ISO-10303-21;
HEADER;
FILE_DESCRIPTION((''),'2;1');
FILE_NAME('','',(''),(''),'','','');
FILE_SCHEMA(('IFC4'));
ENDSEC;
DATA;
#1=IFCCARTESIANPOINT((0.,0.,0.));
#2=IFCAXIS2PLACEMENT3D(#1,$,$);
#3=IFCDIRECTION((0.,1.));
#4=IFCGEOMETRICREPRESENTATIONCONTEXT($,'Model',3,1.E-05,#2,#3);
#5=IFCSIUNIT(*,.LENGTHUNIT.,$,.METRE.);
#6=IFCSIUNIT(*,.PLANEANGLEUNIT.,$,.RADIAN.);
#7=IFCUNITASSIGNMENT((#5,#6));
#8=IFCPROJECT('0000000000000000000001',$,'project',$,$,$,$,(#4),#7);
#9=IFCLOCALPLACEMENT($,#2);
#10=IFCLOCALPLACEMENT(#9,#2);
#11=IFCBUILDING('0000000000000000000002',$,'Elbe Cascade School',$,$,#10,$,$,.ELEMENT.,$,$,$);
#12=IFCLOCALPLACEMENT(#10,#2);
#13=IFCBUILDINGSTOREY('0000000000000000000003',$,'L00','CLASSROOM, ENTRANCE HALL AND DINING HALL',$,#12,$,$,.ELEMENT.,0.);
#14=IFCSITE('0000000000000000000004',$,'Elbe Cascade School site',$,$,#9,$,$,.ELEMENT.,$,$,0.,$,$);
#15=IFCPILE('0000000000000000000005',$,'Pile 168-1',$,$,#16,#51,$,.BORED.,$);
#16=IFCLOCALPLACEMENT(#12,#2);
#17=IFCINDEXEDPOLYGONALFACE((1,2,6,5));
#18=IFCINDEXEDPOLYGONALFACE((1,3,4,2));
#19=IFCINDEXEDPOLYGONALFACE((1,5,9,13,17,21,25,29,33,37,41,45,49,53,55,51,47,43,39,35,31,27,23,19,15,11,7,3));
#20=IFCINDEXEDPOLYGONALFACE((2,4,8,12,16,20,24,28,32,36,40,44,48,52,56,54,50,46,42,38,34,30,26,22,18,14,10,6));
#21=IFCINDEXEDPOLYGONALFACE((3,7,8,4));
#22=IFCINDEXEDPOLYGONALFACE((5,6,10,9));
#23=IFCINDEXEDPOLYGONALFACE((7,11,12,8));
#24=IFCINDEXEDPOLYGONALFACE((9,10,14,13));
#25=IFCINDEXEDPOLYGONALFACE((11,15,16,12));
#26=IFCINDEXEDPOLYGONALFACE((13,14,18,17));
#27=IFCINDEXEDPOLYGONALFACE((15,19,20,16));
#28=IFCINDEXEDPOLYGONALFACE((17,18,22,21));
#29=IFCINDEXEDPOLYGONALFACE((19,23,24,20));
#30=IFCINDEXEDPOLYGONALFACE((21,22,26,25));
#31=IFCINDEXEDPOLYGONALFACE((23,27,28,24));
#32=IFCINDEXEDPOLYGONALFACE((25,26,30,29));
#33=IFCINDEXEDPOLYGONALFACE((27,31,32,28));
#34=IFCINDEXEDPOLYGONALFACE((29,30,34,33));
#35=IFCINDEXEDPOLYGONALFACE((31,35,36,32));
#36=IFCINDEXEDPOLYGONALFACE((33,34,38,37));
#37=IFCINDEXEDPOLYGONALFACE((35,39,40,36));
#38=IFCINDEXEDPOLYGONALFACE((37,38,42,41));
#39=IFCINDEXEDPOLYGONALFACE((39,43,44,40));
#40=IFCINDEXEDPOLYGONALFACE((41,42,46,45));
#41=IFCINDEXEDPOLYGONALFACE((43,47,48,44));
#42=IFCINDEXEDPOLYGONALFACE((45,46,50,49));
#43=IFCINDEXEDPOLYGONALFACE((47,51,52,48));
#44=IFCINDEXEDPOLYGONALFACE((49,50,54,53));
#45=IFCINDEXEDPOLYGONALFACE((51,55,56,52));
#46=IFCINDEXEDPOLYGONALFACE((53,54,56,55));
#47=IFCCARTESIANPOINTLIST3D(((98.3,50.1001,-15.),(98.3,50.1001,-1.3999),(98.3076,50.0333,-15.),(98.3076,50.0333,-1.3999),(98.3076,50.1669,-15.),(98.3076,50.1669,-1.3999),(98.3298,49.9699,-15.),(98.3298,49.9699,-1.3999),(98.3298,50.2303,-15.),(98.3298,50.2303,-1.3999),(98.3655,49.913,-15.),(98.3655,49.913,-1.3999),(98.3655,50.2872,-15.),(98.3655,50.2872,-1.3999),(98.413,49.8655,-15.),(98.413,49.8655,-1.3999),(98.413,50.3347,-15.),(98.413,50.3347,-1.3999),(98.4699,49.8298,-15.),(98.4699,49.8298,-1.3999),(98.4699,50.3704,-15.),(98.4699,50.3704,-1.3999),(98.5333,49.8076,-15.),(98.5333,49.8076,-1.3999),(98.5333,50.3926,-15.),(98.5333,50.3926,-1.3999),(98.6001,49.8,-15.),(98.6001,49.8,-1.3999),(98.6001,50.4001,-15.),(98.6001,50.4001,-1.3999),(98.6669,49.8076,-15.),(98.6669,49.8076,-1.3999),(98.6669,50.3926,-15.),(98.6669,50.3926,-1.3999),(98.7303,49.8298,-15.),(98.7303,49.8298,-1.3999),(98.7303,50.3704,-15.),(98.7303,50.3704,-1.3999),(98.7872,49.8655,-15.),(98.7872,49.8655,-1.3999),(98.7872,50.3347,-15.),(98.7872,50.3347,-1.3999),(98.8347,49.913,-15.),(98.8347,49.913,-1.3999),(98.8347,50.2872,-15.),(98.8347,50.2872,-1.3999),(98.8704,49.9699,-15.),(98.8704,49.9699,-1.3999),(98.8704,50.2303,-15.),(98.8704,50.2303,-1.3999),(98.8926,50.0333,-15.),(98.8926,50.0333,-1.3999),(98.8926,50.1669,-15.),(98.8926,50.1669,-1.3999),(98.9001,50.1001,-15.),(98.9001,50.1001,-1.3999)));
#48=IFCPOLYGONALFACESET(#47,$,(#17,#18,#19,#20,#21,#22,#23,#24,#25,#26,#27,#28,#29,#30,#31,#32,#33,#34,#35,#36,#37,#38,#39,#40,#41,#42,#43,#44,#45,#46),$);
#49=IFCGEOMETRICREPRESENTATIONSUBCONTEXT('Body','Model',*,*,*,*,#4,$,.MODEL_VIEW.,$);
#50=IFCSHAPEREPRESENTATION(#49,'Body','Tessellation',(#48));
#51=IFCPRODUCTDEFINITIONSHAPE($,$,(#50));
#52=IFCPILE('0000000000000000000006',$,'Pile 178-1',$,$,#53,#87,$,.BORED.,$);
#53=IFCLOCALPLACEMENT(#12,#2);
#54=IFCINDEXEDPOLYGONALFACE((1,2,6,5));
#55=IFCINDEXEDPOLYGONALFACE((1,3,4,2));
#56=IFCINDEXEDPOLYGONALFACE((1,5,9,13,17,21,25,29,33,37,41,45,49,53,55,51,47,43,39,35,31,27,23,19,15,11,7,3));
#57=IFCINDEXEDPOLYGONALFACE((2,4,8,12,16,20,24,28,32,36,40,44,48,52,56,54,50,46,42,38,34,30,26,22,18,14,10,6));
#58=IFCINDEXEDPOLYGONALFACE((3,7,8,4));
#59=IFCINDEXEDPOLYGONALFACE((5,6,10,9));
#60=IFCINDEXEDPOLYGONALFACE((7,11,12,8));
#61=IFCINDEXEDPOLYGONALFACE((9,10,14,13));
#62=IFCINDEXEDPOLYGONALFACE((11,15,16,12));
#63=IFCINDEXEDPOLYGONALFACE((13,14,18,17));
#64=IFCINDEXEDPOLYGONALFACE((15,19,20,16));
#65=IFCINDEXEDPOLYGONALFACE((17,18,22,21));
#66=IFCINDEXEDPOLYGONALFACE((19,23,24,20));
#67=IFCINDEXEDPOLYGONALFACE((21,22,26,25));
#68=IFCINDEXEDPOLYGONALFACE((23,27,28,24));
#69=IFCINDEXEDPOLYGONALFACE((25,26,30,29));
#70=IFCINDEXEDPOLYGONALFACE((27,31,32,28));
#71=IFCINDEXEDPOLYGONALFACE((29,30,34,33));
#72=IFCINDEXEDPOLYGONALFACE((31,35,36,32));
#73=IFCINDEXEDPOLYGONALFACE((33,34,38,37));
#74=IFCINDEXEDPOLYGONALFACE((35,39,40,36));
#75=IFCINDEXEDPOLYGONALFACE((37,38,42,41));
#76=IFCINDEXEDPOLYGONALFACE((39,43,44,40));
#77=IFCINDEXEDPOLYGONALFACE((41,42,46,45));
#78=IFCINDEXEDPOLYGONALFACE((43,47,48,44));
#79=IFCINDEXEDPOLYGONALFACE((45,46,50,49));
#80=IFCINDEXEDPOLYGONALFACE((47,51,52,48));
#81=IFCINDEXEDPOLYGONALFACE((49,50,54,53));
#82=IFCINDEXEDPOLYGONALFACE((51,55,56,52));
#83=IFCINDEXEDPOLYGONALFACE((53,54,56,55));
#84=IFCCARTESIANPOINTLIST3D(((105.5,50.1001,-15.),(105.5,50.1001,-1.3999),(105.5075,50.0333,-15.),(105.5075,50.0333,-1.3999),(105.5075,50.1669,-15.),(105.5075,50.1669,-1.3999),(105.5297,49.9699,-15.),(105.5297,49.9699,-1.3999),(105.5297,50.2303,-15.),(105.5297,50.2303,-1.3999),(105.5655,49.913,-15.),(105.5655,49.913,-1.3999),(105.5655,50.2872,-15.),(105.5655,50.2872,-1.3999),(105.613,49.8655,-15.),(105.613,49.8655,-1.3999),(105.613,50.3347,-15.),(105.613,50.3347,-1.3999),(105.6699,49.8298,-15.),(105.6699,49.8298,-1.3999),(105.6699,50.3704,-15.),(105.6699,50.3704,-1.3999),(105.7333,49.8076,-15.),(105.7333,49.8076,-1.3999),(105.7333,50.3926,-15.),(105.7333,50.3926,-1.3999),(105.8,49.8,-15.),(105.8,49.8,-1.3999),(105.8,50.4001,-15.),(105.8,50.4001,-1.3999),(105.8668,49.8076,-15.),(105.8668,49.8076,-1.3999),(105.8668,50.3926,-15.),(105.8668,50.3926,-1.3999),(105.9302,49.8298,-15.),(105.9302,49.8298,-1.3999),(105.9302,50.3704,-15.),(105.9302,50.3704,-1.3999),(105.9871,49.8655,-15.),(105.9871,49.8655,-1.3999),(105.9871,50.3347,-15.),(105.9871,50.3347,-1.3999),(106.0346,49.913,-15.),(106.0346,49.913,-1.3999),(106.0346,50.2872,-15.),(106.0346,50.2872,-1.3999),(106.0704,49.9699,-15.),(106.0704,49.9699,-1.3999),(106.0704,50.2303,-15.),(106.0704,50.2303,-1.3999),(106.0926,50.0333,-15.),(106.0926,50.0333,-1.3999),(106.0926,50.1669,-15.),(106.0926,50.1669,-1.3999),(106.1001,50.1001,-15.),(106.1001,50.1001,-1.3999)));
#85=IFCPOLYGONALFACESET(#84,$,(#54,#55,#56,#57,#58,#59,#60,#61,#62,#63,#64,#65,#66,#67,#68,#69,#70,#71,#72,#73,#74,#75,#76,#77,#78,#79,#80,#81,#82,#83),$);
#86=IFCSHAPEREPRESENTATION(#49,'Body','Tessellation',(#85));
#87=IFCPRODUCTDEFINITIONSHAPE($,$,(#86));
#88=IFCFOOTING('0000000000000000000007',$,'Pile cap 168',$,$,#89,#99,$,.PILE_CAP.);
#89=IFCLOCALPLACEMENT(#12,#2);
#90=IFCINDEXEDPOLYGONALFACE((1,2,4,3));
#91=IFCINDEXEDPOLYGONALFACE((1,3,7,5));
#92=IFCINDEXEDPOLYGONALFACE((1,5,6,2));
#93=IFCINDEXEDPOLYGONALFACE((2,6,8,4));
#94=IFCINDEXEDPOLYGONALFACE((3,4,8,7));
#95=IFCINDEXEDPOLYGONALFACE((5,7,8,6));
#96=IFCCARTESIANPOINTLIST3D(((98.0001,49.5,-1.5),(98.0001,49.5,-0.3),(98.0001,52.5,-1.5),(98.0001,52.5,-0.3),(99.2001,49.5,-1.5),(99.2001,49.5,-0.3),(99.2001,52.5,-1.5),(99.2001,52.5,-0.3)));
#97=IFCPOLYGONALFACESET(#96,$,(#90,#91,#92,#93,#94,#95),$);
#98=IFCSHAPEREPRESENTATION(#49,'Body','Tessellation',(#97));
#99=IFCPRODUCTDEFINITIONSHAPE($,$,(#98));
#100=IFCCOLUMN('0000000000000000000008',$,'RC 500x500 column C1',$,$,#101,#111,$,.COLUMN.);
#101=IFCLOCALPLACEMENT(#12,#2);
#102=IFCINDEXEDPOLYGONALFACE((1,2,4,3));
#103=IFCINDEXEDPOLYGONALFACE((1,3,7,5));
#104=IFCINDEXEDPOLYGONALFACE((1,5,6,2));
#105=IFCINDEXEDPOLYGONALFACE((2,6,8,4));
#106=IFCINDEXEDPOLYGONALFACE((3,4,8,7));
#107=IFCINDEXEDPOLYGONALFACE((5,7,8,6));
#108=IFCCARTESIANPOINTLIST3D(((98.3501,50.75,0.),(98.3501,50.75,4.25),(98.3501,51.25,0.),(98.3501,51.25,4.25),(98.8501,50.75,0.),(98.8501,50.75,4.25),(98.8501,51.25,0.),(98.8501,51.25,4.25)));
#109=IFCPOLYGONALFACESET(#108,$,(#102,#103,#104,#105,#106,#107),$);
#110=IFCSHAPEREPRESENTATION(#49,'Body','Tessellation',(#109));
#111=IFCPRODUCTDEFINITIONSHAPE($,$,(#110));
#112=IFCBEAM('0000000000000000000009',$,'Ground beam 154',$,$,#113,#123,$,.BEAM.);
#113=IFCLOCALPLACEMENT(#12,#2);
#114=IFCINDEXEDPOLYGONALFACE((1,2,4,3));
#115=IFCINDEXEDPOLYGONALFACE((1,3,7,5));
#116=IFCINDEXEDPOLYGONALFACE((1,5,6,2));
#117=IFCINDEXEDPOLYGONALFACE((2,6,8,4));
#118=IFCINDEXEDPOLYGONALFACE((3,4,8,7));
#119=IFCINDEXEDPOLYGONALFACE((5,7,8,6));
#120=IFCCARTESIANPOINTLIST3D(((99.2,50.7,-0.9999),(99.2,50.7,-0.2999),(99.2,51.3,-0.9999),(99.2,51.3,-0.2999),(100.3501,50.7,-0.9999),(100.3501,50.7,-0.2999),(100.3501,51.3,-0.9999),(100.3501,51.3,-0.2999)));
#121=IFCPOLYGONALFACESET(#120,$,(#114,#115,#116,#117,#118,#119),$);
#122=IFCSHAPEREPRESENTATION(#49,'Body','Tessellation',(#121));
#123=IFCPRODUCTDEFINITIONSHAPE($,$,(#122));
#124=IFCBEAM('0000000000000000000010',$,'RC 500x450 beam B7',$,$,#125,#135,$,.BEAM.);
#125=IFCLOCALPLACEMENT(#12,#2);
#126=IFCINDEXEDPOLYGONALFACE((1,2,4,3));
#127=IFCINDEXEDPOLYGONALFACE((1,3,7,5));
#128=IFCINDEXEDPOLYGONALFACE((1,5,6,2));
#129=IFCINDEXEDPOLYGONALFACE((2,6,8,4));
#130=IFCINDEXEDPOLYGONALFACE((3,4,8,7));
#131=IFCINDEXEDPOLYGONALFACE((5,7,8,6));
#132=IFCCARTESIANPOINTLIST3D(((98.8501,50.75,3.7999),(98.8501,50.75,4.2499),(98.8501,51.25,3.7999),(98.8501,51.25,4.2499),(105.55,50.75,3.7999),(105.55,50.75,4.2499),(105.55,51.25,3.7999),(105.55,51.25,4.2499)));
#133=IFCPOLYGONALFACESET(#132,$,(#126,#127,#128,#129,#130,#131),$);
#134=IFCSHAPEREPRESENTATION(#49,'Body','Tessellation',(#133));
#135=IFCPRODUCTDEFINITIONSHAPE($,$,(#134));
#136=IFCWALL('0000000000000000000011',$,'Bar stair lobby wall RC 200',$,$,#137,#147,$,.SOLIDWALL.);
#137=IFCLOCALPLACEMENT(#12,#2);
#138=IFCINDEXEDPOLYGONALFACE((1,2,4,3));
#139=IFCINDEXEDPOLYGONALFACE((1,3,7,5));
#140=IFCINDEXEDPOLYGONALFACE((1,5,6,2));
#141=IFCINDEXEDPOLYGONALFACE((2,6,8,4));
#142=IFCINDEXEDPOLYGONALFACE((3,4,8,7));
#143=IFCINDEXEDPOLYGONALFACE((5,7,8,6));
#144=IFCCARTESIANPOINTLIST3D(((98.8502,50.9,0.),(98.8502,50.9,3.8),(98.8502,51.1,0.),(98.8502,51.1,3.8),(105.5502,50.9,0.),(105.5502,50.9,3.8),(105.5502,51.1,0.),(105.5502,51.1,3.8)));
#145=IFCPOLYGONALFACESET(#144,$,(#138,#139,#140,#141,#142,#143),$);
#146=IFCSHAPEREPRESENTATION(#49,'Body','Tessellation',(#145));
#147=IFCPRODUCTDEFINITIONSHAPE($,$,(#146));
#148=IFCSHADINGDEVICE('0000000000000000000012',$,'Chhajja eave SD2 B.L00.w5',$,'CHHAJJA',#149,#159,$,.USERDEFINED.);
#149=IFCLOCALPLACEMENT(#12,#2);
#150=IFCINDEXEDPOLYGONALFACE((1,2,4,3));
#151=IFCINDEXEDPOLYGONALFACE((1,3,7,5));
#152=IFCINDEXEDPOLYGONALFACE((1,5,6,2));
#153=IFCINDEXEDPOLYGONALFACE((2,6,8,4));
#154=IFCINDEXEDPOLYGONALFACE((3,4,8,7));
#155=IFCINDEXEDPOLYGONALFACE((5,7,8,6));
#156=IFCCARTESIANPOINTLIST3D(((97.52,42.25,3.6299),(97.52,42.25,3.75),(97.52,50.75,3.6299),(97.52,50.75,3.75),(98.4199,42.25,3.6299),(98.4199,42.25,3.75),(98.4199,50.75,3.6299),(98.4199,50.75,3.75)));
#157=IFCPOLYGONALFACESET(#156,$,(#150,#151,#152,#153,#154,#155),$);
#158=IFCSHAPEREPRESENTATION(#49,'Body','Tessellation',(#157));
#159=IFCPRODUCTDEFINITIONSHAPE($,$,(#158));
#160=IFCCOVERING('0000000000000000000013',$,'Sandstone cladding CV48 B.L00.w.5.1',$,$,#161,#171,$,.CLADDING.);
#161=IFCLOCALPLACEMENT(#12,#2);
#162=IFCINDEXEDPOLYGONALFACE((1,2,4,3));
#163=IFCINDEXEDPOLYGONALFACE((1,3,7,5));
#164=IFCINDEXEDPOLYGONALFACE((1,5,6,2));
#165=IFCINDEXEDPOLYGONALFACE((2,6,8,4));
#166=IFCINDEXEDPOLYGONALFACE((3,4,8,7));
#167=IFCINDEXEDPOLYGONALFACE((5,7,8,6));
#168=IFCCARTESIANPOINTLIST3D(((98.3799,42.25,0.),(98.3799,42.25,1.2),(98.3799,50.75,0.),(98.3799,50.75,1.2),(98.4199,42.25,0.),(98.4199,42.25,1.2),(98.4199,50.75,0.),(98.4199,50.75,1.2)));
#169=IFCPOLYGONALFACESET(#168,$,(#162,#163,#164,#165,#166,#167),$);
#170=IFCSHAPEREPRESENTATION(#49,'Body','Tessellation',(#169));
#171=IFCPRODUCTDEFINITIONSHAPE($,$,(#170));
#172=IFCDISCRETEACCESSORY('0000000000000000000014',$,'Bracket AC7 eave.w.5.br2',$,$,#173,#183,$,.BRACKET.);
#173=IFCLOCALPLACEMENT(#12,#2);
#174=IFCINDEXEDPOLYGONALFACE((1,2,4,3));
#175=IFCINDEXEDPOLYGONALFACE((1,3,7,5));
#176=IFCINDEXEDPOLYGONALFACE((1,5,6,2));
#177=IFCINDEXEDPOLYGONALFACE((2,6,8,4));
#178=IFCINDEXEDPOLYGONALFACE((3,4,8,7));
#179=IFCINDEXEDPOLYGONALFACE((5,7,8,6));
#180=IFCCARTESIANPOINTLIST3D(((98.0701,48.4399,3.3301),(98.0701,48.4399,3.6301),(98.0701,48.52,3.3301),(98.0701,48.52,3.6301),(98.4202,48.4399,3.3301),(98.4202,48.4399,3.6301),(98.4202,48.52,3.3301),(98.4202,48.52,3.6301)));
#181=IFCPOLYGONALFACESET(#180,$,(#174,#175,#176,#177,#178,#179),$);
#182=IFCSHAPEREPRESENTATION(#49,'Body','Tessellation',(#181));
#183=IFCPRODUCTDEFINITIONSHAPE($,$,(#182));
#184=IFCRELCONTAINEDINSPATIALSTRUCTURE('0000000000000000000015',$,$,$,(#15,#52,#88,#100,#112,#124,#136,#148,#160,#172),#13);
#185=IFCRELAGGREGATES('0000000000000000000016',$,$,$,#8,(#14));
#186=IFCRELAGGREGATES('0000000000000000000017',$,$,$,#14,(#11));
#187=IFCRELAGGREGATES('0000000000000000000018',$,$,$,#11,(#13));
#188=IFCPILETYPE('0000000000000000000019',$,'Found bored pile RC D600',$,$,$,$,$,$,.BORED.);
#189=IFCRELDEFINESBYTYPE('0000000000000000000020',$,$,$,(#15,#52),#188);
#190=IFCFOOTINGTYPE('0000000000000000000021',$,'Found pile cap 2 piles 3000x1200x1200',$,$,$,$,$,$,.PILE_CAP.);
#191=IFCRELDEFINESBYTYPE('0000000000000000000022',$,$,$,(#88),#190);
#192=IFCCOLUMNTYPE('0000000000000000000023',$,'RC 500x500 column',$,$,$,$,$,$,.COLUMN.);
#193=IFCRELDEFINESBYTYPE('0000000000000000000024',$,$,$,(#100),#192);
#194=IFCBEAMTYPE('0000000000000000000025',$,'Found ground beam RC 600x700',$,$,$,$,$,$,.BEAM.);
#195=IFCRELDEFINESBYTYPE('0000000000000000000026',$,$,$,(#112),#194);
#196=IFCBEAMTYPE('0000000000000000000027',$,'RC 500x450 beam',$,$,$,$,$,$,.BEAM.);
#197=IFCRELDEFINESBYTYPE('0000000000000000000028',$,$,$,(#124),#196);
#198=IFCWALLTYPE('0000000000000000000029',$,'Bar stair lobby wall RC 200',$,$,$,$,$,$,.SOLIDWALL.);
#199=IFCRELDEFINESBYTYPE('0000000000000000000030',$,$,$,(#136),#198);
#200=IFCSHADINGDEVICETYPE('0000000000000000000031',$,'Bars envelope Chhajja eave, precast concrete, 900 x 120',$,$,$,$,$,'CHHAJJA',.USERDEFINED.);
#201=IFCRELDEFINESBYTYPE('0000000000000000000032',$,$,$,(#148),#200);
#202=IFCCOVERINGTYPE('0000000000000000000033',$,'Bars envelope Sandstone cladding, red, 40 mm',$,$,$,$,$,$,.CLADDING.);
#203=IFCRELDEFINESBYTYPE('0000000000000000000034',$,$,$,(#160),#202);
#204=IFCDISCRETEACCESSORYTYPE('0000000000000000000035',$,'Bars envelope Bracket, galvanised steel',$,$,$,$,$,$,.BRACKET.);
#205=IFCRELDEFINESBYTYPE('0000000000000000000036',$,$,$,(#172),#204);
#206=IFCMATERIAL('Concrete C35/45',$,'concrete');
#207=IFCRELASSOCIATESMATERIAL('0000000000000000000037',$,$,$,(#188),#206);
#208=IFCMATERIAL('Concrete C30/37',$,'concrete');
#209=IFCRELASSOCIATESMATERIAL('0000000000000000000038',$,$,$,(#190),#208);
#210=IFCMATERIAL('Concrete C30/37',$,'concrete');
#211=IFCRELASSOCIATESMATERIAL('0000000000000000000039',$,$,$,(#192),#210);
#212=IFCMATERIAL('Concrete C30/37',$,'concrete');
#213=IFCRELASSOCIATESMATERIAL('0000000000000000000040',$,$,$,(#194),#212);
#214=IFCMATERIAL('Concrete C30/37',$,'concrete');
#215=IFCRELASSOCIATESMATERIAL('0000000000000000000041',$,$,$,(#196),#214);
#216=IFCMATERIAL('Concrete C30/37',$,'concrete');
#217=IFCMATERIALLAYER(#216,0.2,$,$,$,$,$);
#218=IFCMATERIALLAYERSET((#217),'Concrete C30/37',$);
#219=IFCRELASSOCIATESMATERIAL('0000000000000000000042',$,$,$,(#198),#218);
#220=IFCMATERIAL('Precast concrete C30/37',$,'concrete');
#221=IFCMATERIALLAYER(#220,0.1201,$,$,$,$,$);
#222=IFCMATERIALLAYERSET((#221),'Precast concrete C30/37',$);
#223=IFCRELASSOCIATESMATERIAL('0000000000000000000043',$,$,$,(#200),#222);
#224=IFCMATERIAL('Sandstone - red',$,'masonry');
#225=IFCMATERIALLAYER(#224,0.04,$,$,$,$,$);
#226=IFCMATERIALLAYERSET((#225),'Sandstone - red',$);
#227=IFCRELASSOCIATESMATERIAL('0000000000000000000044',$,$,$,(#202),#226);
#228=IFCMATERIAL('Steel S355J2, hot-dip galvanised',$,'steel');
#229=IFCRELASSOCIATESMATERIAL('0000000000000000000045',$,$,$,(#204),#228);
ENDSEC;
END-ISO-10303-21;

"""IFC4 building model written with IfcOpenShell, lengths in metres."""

from ifc_helpers import new_model, si_unit, direction, frame, frame_2d, origin, origin_2d, place, context, subcontext, project, spatial, rectangle, circle, extrude, material, layer, layer_set, material_profile, profile_set, type_object, element, save


model = new_model("IFC4")

# Units and contexts
model_context = context("Model", 3, precision=1e-05, world=origin(), true_north=direction((0.0, 1.0)))
body_context = subcontext(model_context, "Body", "Model", "MODEL_VIEW")
ifc_project = project(units=[si_unit("LENGTHUNIT", "METRE"), si_unit("PLANEANGLEUNIT", "RADIAN")], contexts=[model_context])

# Site, building, storey
site_placement = place(None, origin())
site = spatial("IfcSite", under=ifc_project, at=site_placement, Name="Elbe Cascade School site", CompositionType="ELEMENT", RefElevation=0.0)
building_placement = place(site_placement, origin())
building = spatial("IfcBuilding", under=site, at=building_placement, Name="Elbe Cascade School", CompositionType="ELEMENT")
storey_placement = place(building_placement, origin())
storey = spatial("IfcBuildingStorey", under=building, at=storey_placement, Name="L00", Description="CLASSROOM, ENTRANCE HALL AND DINING HALL", CompositionType="ELEMENT", Elevation=0.0)

# Piles
ifc_material_1 = material(Name="Concrete C35/45", Category="concrete")
ifc_material_profile_1 = material_profile(ifc_material_1, circle(Radius=0.3, at=origin_2d()), Name="RC D600")
ifc_profile_set_1 = profile_set([ifc_material_profile_1], Name="Concrete C35/45")
pile_type = type_object("IfcPileType", Name="Found bored pile RC D600", PredefinedType="BORED", material=ifc_profile_set_1)
for number, where, z_axis, x_axis, name in (
    (1, (98.6001, 50.1001, -1.3999), (0.0, 0.0, -1.0), (1.0, 0.0, 0.0), "Pile 168-1"),
    (2, (105.8, 50.1001, -1.3999), (0.0, 0.0, -1.0), (1.0, 0.0, 0.0), "Pile 178-1"),
):
    element("IfcPile", number, at=place(storey_placement, frame(where, z_axis=z_axis, x_axis=x_axis)), inside=storey, type_object=pile_type, Name=name, PredefinedType="BORED", context=body_context, shape_type="SweptSolid", body=[
        extrude(circle(Radius=0.3, at=origin_2d()), origin(), (0.0, 0.0, 1.0), 13.6001),
    ])

# Footing
ifc_material_2 = material(Name="Concrete C30/37", Category="concrete")
footing_type = type_object("IfcFootingType", Name="Found pile cap 2 piles 3000x1200x1200", PredefinedType="PILE_CAP", material=ifc_material_2)
footing_placement = place(storey_placement, frame((98.6001, 51.0, -1.5), z_axis=(0.0, 0.0, 1.0), x_axis=(1.0, 0.0, 0.0)))
element("IfcFooting", 3, at=footing_placement, inside=storey, type_object=footing_type, Name="Pile cap 168", PredefinedType="PILE_CAP", context=body_context, shape_type="SweptSolid", body=[
    extrude(rectangle(XDim=1.2, YDim=3.0, at=origin_2d()), origin(), (0.0, 0.0, 1.0), 1.2),
])

# Column
ifc_material_3 = material(Name="Concrete C30/37", Category="concrete")
ifc_material_profile_2 = material_profile(ifc_material_3, rectangle(XDim=0.5, YDim=0.5, at=origin_2d()), Name="RC 500x500")
ifc_profile_set_2 = profile_set([ifc_material_profile_2], Name="Concrete C30/37")
column_type = type_object("IfcColumnType", Name="RC 500x500 column", PredefinedType="COLUMN", material=ifc_profile_set_2)
column_placement = place(storey_placement, frame((98.6001, 51.0, 0.0), z_axis=(0.0, 0.0, 1.0), x_axis=(1.0, 0.0, 0.0)))
element("IfcColumn", 4, at=column_placement, inside=storey, type_object=column_type, Name="RC 500x500 column C1", PredefinedType="COLUMN", context=body_context, shape_type="SweptSolid", body=[
    extrude(rectangle(XDim=0.5, YDim=0.5, at=origin_2d()), origin(), (0.0, 0.0, 1.0), 4.25),
])

# Beams
ifc_material_4 = material(Name="Concrete C30/37", Category="concrete")
ifc_material_profile_3 = material_profile(ifc_material_4, rectangle(XDim=0.6001, YDim=0.7, at=origin_2d()), Name="RC 600x700")
ifc_profile_set_3 = profile_set([ifc_material_profile_3], Name="Concrete C30/37")
beam_type_1 = type_object("IfcBeamType", Name="Found ground beam RC 600x700", PredefinedType="BEAM", material=ifc_profile_set_3)
beam_1_placement = place(storey_placement, frame((99.2, 51.0, -0.6499), z_axis=(1.0, 0.0, 0.0), x_axis=(0.0, 1.0, 0.0)))
element("IfcBeam", 5, at=beam_1_placement, inside=storey, type_object=beam_type_1, Name="Ground beam 154", PredefinedType="BEAM", context=body_context, shape_type="SweptSolid", body=[
    extrude(rectangle(XDim=0.6001, YDim=0.7, at=origin_2d()), origin(), (0.0, 0.0, 1.0), 1.1501),
])
ifc_material_5 = material(Name="Concrete C30/37", Category="concrete")
ifc_material_profile_4 = material_profile(ifc_material_5, rectangle(XDim=0.5, YDim=0.45, at=origin_2d()), Name="RC 500x450")
ifc_profile_set_4 = profile_set([ifc_material_profile_4], Name="Concrete C30/37")
beam_type_2 = type_object("IfcBeamType", Name="RC 500x450 beam", PredefinedType="BEAM", material=ifc_profile_set_4)
beam_2_placement = place(storey_placement, frame((98.8501, 51.0, 4.0249), z_axis=(1.0, 0.0, 0.0), x_axis=(0.0, 1.0, 0.0)))
element("IfcBeam", 6, at=beam_2_placement, inside=storey, type_object=beam_type_2, Name="RC 500x450 beam B7", PredefinedType="BEAM", context=body_context, shape_type="SweptSolid", body=[
    extrude(rectangle(XDim=0.5, YDim=0.45, at=origin_2d()), origin(), (0.0, 0.0, 1.0), 6.7),
])

# Wall
ifc_material_6 = material(Name="Concrete C30/37", Category="concrete")
ifc_layer_1 = layer(ifc_material_6, 0.2)
ifc_layer_set_1 = layer_set([ifc_layer_1], Name="Concrete C30/37")
wall_type = type_object("IfcWallType", Name="Bar stair lobby wall RC 200", PredefinedType="SOLIDWALL", material=ifc_layer_set_1)
wall_placement = place(storey_placement, frame((98.8501, 51.0, 0.0), z_axis=(0.0, 0.0, 1.0), x_axis=(1.0, 0.0, 0.0)))
element("IfcWall", 7, at=wall_placement, inside=storey, type_object=wall_type, Name="Bar stair lobby wall RC 200", PredefinedType="SOLIDWALL", context=body_context, shape_type="SweptSolid", body=[
    extrude(rectangle(XDim=6.7, YDim=0.2, at=frame_2d((3.3501, 0.0))), origin(), (0.0, 0.0, 1.0), 3.8),
])

# Shading device
ifc_material_7 = material(Name="Precast concrete C30/37", Category="concrete")
ifc_layer_2 = layer(ifc_material_7, 0.1201)
ifc_layer_set_2 = layer_set([ifc_layer_2], Name="Precast concrete C30/37")
shading_device_type_1 = type_object("IfcShadingDeviceType", Name="Bars envelope Chhajja eave, precast concrete, 900 x 120", ElementType="CHHAJJA", PredefinedType="USERDEFINED", material=ifc_layer_set_2)
shading_device_1_placement = place(storey_placement, frame((97.97, 46.5, 3.6299), z_axis=(0.0, 0.0, 1.0), x_axis=(0.0, 1.0, 0.0)))
element("IfcShadingDevice", 8, at=shading_device_1_placement, inside=storey, type_object=shading_device_type_1, Name="Chhajja eave SD2 B.L00.w5", ObjectType="CHHAJJA", PredefinedType="USERDEFINED", context=body_context, shape_type="SweptSolid", body=[
    extrude(rectangle(XDim=8.5, YDim=0.8999, at=origin_2d()), origin(), (0.0, 0.0, 1.0), 0.1201),
])

# Covering
ifc_material_8 = material(Name="Sandstone - red", Category="masonry")
ifc_layer_3 = layer(ifc_material_8, 0.04)
ifc_layer_set_3 = layer_set([ifc_layer_3], Name="Sandstone - red")
covering_type = type_object("IfcCoveringType", Name="Bars envelope Sandstone cladding, red, 40 mm", PredefinedType="CLADDING", material=ifc_layer_set_3)
covering_placement = place(storey_placement, frame((98.3999, 46.5, 0.0), z_axis=(0.0, 0.0, 1.0), x_axis=(0.0, 1.0, 0.0)))
element("IfcCovering", 9, at=covering_placement, inside=storey, type_object=covering_type, Name="Sandstone cladding CV48 B.L00.w.5.1", PredefinedType="CLADDING", context=body_context, shape_type="SweptSolid", body=[
    extrude(rectangle(XDim=8.5, YDim=0.04, at=origin_2d()), origin(), (0.0, 0.0, 1.0), 1.2),
])

# Discrete accessory
ifc_material_9 = material(Name="Steel S355J2, hot-dip galvanised", Category="steel")
discrete_accessory_type = type_object("IfcDiscreteAccessoryType", Name="Bars envelope Bracket, galvanised steel", PredefinedType="BRACKET", material=ifc_material_9)
discrete_accessory_1_placement = place(storey_placement, frame((98.2451, 48.48, 3.3301), z_axis=(0.0, 0.0, 1.0), x_axis=(0.0, 1.0, 0.0)))
element("IfcDiscreteAccessory", 10, at=discrete_accessory_1_placement, inside=storey, type_object=discrete_accessory_type, Name="Bracket AC7 eave.w.5.br2", PredefinedType="BRACKET", context=body_context, shape_type="SweptSolid", body=[
    extrude(rectangle(XDim=0.0801, YDim=0.3501, at=origin_2d()), origin(), (0.0, 0.0, 1.0), 0.3),
])

save(model, "model.ifc")
